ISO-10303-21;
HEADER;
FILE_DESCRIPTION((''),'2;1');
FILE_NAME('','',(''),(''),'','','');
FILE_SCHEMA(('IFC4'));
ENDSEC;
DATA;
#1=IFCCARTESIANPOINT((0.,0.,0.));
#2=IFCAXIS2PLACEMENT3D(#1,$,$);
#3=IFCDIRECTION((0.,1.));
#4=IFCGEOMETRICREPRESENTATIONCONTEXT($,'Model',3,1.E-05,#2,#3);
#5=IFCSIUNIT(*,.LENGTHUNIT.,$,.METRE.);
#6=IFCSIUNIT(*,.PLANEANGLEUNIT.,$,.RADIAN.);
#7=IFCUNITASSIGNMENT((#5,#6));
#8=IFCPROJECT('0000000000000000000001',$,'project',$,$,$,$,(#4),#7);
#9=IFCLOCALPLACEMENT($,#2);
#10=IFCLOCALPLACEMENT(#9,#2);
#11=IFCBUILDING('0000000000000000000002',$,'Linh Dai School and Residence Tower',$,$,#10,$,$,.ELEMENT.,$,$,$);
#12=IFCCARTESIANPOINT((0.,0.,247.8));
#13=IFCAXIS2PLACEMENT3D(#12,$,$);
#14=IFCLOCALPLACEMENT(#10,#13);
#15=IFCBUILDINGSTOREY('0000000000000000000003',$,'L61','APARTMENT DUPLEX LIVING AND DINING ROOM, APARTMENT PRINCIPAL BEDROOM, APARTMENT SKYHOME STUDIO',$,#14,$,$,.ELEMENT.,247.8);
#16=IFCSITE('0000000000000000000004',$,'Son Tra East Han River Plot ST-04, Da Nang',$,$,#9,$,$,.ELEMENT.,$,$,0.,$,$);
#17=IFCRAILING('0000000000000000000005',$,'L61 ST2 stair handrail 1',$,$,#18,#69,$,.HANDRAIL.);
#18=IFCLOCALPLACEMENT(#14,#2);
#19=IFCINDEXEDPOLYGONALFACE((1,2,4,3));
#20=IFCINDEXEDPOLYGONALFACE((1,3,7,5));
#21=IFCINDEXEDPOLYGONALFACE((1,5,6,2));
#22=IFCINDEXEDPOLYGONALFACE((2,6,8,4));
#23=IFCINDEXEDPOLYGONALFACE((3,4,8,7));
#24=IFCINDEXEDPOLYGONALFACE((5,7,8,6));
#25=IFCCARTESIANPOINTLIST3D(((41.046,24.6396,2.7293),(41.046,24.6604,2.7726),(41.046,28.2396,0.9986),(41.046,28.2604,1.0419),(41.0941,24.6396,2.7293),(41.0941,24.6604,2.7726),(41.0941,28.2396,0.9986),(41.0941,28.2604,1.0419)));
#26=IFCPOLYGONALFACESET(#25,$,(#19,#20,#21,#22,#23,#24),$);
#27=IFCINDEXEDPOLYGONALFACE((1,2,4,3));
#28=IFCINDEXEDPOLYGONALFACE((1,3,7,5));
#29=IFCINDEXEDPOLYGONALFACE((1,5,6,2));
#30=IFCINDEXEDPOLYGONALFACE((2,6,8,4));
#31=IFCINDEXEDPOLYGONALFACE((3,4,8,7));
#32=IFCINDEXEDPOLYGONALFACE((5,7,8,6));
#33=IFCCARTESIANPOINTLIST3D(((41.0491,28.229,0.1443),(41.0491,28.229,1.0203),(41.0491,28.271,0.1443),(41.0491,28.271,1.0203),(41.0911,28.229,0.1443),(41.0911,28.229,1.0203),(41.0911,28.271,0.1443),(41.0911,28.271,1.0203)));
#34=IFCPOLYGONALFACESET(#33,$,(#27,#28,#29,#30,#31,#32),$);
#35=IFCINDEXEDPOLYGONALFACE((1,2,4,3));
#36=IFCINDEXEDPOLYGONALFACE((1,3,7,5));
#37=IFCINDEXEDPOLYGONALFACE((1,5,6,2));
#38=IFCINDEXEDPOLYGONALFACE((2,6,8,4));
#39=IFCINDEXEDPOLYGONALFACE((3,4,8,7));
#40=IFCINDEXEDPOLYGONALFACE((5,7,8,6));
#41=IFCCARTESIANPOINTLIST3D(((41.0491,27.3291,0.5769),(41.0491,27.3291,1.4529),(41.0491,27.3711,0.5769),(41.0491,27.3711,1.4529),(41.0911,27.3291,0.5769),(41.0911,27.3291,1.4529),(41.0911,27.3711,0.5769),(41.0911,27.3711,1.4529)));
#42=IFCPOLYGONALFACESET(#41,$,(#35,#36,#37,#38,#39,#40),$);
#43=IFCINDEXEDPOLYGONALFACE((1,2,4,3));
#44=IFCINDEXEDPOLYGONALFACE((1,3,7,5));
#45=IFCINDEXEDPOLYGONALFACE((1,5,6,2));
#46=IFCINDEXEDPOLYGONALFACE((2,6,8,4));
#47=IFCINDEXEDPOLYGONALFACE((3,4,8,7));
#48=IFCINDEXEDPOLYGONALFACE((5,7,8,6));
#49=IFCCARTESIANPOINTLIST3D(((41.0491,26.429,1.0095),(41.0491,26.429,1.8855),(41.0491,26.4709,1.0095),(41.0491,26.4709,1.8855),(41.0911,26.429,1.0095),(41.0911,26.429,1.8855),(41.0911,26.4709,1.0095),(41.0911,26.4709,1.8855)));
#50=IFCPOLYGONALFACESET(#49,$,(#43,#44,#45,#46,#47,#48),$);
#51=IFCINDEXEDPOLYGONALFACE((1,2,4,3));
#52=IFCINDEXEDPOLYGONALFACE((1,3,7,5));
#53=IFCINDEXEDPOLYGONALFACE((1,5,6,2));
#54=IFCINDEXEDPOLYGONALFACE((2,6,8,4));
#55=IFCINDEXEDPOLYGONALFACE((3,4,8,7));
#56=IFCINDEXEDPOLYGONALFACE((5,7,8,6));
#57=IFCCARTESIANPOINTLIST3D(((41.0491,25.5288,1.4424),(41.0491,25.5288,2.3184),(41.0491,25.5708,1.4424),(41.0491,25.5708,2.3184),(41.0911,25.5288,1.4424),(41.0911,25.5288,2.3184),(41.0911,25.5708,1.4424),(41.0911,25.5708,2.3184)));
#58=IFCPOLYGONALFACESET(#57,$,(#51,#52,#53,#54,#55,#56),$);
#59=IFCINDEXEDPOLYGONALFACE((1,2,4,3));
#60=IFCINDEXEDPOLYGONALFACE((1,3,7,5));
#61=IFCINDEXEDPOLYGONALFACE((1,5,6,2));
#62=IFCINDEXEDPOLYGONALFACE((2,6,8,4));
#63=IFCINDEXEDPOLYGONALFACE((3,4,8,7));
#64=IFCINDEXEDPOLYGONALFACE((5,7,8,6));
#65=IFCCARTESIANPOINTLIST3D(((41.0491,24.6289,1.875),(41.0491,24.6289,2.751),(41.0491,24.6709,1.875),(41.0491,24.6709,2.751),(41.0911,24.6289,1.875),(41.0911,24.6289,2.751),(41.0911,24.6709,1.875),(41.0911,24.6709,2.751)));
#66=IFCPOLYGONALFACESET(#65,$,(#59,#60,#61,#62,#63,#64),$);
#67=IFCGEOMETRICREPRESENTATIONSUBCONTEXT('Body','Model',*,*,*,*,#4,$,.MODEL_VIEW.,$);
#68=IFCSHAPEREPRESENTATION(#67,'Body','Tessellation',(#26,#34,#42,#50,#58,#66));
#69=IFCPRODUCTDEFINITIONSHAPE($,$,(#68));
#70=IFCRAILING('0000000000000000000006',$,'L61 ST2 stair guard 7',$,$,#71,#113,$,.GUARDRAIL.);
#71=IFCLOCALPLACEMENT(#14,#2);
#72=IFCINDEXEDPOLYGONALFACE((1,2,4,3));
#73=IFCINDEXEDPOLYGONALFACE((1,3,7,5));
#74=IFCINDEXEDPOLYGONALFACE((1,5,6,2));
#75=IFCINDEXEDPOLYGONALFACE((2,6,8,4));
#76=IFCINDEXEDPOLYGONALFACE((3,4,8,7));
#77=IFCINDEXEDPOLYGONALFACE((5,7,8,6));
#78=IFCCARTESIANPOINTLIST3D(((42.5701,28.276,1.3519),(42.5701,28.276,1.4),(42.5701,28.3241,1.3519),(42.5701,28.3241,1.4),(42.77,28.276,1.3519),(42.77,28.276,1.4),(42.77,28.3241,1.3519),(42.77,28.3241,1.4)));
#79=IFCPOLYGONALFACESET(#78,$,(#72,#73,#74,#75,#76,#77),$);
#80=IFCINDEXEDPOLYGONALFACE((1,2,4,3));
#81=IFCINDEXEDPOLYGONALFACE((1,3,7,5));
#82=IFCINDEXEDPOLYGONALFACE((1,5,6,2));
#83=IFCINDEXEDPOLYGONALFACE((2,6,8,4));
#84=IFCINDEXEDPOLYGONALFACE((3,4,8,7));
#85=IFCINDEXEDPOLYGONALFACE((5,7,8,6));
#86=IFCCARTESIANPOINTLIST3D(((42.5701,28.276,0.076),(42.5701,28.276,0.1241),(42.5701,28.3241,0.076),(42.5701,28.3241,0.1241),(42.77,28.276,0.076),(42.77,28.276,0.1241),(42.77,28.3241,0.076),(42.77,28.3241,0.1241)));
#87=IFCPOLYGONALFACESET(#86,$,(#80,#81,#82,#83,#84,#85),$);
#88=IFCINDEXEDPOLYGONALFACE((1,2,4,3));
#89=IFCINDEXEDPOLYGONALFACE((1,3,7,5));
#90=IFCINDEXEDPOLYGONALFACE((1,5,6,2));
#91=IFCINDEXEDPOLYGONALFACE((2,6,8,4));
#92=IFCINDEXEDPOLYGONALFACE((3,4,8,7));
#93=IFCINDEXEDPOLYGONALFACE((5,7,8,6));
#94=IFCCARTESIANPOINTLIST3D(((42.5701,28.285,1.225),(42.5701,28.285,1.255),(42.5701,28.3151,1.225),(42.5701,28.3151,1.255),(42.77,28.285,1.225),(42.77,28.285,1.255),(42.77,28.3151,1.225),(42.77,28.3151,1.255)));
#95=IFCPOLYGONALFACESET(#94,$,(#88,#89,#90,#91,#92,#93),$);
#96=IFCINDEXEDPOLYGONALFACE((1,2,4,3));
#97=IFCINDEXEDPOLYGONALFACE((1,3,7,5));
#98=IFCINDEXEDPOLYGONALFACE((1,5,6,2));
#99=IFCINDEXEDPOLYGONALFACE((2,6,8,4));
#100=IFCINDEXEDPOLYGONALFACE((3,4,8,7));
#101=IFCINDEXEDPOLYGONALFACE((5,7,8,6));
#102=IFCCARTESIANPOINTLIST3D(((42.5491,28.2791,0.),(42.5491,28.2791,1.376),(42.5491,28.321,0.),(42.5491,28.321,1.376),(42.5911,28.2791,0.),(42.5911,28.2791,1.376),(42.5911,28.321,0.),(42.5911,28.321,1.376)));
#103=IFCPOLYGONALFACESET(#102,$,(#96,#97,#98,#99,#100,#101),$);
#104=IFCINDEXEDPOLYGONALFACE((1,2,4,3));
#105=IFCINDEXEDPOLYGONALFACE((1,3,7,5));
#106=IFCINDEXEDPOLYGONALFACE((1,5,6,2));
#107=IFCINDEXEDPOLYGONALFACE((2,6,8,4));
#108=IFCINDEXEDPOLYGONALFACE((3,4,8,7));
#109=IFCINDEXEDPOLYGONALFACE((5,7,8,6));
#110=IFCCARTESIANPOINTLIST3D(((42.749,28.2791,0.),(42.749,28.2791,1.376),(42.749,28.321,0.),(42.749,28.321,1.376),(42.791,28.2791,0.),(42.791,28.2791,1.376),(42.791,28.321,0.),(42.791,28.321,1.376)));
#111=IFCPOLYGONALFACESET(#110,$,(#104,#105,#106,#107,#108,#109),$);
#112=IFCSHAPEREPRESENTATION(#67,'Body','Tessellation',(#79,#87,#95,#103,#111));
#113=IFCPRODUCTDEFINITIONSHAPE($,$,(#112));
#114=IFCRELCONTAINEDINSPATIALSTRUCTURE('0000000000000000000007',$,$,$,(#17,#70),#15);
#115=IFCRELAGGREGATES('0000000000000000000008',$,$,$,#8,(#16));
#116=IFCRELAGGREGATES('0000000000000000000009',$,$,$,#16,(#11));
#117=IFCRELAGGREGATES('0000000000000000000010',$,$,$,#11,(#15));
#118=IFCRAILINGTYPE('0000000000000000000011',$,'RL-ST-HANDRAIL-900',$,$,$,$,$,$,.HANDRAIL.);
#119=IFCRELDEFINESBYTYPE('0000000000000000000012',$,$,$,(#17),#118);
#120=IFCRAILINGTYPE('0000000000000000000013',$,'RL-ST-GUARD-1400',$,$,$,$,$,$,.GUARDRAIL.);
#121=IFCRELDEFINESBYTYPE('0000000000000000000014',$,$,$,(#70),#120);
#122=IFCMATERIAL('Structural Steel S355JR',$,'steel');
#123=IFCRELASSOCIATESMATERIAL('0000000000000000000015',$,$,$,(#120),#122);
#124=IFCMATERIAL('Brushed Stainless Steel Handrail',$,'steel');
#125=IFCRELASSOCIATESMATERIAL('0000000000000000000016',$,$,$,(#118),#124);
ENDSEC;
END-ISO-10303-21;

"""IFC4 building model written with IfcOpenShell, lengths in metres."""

from ifc_helpers import new_model, si_unit, direction, frame, origin, origin_2d, place, context, subcontext, project, spatial, rectangle, extrude, source, transform, mapped, material, type_object, element, save


model = new_model("IFC4")

# Units and contexts
model_context = context("Model", 3, precision=1e-05, world=origin(), true_north=direction((0.0, 1.0)))
body_context = subcontext(model_context, "Body", "Model", "MODEL_VIEW")
ifc_project = project(units=[si_unit("LENGTHUNIT", "METRE"), si_unit("PLANEANGLEUNIT", "RADIAN")], contexts=[model_context])

# Site, building, storey
site_placement = place(None, origin())
site = spatial("IfcSite", under=ifc_project, at=site_placement, Name="Son Tra East Han River Plot ST-04, Da Nang", CompositionType="ELEMENT", RefElevation=0.0)
building_placement = place(site_placement, origin())
building = spatial("IfcBuilding", under=site, at=building_placement, Name="Linh Dai School and Residence Tower", CompositionType="ELEMENT")
storey_placement = place(building_placement, frame((0.0, 0.0, 247.8)))
storey = spatial("IfcBuildingStorey", under=building, at=storey_placement, Name="L61", Description="APARTMENT DUPLEX LIVING AND DINING ROOM, APARTMENT PRINCIPAL BEDROOM, APARTMENT SKYHOME STUDIO", CompositionType="ELEMENT", Elevation=247.8)

# Shared definitions
ifc_material_1 = material(Name="Structural Steel S355JR", Category="steel")

# Railings
railing_type_1 = type_object("IfcRailingType", Name="RL-ST-GUARD-1400", PredefinedType="GUARDRAIL", material=ifc_material_1)
ifc_material_2 = material(Name="Brushed Stainless Steel Handrail", Category="steel")
railing_type_2 = type_object("IfcRailingType", Name="RL-ST-HANDRAIL-900", PredefinedType="HANDRAIL", material=ifc_material_2)
shared_shape_1 = source(origin(), body_context, "Body", "SweptSolid", [
    extrude(rectangle(XDim=0.0481, YDim=0.0481, at=origin_2d()), frame((0.0, 0.0, 0.876), z_axis=(0.0, -0.901263, 0.433273), x_axis=(1.0, 0.0, 0.0)), (0.0, 0.0, 1.0), 3.9944),
    extrude(rectangle(XDim=0.042, YDim=0.042, at=origin_2d()), origin(), (0.0, 0.0, 1.0), 0.876),
    extrude(rectangle(XDim=0.042, YDim=0.042, at=origin_2d()), frame((0.0, -0.8999, 0.4326)), (0.0, 0.0, 1.0), 0.876),
    extrude(rectangle(XDim=0.042, YDim=0.042, at=origin_2d()), frame((0.0, -1.8, 0.8652)), (0.0, 0.0, 1.0), 0.876),
    extrude(rectangle(XDim=0.042, YDim=0.042, at=origin_2d()), frame((0.0, -2.7002, 1.2981)), (0.0, 0.0, 1.0), 0.876),
    extrude(rectangle(XDim=0.042, YDim=0.042, at=origin_2d()), frame((0.0, -3.6001, 1.7307)), (0.0, 0.0, 1.0), 0.876),
])
railing_1_placement = place(storey_placement, frame((41.0701, 28.25, 0.1443)))
element("IfcRailing", 1, at=railing_1_placement, inside=storey, type_object=railing_type_2, Name="L61 ST2 stair handrail 1", PredefinedType="HANDRAIL", context=body_context, shape_type="MappedRepresentation", body=[
    mapped(shared_shape_1, transform((0.0, 0.0, 0.0), x_axis=(1.0, 0.0, 0.0), y_axis=(0.0, 1.0, 0.0), z_axis=(0.0, 0.0, 1.0), scale=1.0)),
])
shared_shape_2 = source(origin(), body_context, "Body", "SweptSolid", [
    extrude(rectangle(XDim=0.0481, YDim=0.0481, at=origin_2d()), frame((0.0, 0.0, 1.376), z_axis=(1.0, 0.0, 0.0), x_axis=(0.0, 1.0, 0.0)), (0.0, 0.0, 1.0), 0.2),
    extrude(rectangle(XDim=0.0481, YDim=0.0481, at=origin_2d()), frame((0.0, 0.0, 0.1001), z_axis=(1.0, 0.0, 0.0), x_axis=(0.0, 1.0, 0.0)), (0.0, 0.0, 1.0), 0.2),
    extrude(rectangle(XDim=0.03, YDim=0.03, at=origin_2d()), frame((0.0, 0.0, 1.24), z_axis=(1.0, 0.0, 0.0), x_axis=(0.0, 1.0, 0.0)), (0.0, 0.0, 1.0), 0.2),
    extrude(rectangle(XDim=0.042, YDim=0.042, at=origin_2d()), origin(), (0.0, 0.0, 1.0), 1.376),
    extrude(rectangle(XDim=0.042, YDim=0.042, at=origin_2d()), frame((0.2, 0.0, 0.0)), (0.0, 0.0, 1.0), 1.376),
])
railing_2_placement = place(storey_placement, frame((42.5701, 28.3, 0.0)))
element("IfcRailing", 2, at=railing_2_placement, inside=storey, type_object=railing_type_1, Name="L61 ST2 stair guard 7", PredefinedType="GUARDRAIL", context=body_context, shape_type="MappedRepresentation", body=[
    mapped(shared_shape_2, transform((0.0, 0.0, 0.0), x_axis=(1.0, 0.0, 0.0), y_axis=(0.0, 1.0, 0.0), z_axis=(0.0, 0.0, 1.0), scale=1.0)),
])

save(model, "model.ifc")
